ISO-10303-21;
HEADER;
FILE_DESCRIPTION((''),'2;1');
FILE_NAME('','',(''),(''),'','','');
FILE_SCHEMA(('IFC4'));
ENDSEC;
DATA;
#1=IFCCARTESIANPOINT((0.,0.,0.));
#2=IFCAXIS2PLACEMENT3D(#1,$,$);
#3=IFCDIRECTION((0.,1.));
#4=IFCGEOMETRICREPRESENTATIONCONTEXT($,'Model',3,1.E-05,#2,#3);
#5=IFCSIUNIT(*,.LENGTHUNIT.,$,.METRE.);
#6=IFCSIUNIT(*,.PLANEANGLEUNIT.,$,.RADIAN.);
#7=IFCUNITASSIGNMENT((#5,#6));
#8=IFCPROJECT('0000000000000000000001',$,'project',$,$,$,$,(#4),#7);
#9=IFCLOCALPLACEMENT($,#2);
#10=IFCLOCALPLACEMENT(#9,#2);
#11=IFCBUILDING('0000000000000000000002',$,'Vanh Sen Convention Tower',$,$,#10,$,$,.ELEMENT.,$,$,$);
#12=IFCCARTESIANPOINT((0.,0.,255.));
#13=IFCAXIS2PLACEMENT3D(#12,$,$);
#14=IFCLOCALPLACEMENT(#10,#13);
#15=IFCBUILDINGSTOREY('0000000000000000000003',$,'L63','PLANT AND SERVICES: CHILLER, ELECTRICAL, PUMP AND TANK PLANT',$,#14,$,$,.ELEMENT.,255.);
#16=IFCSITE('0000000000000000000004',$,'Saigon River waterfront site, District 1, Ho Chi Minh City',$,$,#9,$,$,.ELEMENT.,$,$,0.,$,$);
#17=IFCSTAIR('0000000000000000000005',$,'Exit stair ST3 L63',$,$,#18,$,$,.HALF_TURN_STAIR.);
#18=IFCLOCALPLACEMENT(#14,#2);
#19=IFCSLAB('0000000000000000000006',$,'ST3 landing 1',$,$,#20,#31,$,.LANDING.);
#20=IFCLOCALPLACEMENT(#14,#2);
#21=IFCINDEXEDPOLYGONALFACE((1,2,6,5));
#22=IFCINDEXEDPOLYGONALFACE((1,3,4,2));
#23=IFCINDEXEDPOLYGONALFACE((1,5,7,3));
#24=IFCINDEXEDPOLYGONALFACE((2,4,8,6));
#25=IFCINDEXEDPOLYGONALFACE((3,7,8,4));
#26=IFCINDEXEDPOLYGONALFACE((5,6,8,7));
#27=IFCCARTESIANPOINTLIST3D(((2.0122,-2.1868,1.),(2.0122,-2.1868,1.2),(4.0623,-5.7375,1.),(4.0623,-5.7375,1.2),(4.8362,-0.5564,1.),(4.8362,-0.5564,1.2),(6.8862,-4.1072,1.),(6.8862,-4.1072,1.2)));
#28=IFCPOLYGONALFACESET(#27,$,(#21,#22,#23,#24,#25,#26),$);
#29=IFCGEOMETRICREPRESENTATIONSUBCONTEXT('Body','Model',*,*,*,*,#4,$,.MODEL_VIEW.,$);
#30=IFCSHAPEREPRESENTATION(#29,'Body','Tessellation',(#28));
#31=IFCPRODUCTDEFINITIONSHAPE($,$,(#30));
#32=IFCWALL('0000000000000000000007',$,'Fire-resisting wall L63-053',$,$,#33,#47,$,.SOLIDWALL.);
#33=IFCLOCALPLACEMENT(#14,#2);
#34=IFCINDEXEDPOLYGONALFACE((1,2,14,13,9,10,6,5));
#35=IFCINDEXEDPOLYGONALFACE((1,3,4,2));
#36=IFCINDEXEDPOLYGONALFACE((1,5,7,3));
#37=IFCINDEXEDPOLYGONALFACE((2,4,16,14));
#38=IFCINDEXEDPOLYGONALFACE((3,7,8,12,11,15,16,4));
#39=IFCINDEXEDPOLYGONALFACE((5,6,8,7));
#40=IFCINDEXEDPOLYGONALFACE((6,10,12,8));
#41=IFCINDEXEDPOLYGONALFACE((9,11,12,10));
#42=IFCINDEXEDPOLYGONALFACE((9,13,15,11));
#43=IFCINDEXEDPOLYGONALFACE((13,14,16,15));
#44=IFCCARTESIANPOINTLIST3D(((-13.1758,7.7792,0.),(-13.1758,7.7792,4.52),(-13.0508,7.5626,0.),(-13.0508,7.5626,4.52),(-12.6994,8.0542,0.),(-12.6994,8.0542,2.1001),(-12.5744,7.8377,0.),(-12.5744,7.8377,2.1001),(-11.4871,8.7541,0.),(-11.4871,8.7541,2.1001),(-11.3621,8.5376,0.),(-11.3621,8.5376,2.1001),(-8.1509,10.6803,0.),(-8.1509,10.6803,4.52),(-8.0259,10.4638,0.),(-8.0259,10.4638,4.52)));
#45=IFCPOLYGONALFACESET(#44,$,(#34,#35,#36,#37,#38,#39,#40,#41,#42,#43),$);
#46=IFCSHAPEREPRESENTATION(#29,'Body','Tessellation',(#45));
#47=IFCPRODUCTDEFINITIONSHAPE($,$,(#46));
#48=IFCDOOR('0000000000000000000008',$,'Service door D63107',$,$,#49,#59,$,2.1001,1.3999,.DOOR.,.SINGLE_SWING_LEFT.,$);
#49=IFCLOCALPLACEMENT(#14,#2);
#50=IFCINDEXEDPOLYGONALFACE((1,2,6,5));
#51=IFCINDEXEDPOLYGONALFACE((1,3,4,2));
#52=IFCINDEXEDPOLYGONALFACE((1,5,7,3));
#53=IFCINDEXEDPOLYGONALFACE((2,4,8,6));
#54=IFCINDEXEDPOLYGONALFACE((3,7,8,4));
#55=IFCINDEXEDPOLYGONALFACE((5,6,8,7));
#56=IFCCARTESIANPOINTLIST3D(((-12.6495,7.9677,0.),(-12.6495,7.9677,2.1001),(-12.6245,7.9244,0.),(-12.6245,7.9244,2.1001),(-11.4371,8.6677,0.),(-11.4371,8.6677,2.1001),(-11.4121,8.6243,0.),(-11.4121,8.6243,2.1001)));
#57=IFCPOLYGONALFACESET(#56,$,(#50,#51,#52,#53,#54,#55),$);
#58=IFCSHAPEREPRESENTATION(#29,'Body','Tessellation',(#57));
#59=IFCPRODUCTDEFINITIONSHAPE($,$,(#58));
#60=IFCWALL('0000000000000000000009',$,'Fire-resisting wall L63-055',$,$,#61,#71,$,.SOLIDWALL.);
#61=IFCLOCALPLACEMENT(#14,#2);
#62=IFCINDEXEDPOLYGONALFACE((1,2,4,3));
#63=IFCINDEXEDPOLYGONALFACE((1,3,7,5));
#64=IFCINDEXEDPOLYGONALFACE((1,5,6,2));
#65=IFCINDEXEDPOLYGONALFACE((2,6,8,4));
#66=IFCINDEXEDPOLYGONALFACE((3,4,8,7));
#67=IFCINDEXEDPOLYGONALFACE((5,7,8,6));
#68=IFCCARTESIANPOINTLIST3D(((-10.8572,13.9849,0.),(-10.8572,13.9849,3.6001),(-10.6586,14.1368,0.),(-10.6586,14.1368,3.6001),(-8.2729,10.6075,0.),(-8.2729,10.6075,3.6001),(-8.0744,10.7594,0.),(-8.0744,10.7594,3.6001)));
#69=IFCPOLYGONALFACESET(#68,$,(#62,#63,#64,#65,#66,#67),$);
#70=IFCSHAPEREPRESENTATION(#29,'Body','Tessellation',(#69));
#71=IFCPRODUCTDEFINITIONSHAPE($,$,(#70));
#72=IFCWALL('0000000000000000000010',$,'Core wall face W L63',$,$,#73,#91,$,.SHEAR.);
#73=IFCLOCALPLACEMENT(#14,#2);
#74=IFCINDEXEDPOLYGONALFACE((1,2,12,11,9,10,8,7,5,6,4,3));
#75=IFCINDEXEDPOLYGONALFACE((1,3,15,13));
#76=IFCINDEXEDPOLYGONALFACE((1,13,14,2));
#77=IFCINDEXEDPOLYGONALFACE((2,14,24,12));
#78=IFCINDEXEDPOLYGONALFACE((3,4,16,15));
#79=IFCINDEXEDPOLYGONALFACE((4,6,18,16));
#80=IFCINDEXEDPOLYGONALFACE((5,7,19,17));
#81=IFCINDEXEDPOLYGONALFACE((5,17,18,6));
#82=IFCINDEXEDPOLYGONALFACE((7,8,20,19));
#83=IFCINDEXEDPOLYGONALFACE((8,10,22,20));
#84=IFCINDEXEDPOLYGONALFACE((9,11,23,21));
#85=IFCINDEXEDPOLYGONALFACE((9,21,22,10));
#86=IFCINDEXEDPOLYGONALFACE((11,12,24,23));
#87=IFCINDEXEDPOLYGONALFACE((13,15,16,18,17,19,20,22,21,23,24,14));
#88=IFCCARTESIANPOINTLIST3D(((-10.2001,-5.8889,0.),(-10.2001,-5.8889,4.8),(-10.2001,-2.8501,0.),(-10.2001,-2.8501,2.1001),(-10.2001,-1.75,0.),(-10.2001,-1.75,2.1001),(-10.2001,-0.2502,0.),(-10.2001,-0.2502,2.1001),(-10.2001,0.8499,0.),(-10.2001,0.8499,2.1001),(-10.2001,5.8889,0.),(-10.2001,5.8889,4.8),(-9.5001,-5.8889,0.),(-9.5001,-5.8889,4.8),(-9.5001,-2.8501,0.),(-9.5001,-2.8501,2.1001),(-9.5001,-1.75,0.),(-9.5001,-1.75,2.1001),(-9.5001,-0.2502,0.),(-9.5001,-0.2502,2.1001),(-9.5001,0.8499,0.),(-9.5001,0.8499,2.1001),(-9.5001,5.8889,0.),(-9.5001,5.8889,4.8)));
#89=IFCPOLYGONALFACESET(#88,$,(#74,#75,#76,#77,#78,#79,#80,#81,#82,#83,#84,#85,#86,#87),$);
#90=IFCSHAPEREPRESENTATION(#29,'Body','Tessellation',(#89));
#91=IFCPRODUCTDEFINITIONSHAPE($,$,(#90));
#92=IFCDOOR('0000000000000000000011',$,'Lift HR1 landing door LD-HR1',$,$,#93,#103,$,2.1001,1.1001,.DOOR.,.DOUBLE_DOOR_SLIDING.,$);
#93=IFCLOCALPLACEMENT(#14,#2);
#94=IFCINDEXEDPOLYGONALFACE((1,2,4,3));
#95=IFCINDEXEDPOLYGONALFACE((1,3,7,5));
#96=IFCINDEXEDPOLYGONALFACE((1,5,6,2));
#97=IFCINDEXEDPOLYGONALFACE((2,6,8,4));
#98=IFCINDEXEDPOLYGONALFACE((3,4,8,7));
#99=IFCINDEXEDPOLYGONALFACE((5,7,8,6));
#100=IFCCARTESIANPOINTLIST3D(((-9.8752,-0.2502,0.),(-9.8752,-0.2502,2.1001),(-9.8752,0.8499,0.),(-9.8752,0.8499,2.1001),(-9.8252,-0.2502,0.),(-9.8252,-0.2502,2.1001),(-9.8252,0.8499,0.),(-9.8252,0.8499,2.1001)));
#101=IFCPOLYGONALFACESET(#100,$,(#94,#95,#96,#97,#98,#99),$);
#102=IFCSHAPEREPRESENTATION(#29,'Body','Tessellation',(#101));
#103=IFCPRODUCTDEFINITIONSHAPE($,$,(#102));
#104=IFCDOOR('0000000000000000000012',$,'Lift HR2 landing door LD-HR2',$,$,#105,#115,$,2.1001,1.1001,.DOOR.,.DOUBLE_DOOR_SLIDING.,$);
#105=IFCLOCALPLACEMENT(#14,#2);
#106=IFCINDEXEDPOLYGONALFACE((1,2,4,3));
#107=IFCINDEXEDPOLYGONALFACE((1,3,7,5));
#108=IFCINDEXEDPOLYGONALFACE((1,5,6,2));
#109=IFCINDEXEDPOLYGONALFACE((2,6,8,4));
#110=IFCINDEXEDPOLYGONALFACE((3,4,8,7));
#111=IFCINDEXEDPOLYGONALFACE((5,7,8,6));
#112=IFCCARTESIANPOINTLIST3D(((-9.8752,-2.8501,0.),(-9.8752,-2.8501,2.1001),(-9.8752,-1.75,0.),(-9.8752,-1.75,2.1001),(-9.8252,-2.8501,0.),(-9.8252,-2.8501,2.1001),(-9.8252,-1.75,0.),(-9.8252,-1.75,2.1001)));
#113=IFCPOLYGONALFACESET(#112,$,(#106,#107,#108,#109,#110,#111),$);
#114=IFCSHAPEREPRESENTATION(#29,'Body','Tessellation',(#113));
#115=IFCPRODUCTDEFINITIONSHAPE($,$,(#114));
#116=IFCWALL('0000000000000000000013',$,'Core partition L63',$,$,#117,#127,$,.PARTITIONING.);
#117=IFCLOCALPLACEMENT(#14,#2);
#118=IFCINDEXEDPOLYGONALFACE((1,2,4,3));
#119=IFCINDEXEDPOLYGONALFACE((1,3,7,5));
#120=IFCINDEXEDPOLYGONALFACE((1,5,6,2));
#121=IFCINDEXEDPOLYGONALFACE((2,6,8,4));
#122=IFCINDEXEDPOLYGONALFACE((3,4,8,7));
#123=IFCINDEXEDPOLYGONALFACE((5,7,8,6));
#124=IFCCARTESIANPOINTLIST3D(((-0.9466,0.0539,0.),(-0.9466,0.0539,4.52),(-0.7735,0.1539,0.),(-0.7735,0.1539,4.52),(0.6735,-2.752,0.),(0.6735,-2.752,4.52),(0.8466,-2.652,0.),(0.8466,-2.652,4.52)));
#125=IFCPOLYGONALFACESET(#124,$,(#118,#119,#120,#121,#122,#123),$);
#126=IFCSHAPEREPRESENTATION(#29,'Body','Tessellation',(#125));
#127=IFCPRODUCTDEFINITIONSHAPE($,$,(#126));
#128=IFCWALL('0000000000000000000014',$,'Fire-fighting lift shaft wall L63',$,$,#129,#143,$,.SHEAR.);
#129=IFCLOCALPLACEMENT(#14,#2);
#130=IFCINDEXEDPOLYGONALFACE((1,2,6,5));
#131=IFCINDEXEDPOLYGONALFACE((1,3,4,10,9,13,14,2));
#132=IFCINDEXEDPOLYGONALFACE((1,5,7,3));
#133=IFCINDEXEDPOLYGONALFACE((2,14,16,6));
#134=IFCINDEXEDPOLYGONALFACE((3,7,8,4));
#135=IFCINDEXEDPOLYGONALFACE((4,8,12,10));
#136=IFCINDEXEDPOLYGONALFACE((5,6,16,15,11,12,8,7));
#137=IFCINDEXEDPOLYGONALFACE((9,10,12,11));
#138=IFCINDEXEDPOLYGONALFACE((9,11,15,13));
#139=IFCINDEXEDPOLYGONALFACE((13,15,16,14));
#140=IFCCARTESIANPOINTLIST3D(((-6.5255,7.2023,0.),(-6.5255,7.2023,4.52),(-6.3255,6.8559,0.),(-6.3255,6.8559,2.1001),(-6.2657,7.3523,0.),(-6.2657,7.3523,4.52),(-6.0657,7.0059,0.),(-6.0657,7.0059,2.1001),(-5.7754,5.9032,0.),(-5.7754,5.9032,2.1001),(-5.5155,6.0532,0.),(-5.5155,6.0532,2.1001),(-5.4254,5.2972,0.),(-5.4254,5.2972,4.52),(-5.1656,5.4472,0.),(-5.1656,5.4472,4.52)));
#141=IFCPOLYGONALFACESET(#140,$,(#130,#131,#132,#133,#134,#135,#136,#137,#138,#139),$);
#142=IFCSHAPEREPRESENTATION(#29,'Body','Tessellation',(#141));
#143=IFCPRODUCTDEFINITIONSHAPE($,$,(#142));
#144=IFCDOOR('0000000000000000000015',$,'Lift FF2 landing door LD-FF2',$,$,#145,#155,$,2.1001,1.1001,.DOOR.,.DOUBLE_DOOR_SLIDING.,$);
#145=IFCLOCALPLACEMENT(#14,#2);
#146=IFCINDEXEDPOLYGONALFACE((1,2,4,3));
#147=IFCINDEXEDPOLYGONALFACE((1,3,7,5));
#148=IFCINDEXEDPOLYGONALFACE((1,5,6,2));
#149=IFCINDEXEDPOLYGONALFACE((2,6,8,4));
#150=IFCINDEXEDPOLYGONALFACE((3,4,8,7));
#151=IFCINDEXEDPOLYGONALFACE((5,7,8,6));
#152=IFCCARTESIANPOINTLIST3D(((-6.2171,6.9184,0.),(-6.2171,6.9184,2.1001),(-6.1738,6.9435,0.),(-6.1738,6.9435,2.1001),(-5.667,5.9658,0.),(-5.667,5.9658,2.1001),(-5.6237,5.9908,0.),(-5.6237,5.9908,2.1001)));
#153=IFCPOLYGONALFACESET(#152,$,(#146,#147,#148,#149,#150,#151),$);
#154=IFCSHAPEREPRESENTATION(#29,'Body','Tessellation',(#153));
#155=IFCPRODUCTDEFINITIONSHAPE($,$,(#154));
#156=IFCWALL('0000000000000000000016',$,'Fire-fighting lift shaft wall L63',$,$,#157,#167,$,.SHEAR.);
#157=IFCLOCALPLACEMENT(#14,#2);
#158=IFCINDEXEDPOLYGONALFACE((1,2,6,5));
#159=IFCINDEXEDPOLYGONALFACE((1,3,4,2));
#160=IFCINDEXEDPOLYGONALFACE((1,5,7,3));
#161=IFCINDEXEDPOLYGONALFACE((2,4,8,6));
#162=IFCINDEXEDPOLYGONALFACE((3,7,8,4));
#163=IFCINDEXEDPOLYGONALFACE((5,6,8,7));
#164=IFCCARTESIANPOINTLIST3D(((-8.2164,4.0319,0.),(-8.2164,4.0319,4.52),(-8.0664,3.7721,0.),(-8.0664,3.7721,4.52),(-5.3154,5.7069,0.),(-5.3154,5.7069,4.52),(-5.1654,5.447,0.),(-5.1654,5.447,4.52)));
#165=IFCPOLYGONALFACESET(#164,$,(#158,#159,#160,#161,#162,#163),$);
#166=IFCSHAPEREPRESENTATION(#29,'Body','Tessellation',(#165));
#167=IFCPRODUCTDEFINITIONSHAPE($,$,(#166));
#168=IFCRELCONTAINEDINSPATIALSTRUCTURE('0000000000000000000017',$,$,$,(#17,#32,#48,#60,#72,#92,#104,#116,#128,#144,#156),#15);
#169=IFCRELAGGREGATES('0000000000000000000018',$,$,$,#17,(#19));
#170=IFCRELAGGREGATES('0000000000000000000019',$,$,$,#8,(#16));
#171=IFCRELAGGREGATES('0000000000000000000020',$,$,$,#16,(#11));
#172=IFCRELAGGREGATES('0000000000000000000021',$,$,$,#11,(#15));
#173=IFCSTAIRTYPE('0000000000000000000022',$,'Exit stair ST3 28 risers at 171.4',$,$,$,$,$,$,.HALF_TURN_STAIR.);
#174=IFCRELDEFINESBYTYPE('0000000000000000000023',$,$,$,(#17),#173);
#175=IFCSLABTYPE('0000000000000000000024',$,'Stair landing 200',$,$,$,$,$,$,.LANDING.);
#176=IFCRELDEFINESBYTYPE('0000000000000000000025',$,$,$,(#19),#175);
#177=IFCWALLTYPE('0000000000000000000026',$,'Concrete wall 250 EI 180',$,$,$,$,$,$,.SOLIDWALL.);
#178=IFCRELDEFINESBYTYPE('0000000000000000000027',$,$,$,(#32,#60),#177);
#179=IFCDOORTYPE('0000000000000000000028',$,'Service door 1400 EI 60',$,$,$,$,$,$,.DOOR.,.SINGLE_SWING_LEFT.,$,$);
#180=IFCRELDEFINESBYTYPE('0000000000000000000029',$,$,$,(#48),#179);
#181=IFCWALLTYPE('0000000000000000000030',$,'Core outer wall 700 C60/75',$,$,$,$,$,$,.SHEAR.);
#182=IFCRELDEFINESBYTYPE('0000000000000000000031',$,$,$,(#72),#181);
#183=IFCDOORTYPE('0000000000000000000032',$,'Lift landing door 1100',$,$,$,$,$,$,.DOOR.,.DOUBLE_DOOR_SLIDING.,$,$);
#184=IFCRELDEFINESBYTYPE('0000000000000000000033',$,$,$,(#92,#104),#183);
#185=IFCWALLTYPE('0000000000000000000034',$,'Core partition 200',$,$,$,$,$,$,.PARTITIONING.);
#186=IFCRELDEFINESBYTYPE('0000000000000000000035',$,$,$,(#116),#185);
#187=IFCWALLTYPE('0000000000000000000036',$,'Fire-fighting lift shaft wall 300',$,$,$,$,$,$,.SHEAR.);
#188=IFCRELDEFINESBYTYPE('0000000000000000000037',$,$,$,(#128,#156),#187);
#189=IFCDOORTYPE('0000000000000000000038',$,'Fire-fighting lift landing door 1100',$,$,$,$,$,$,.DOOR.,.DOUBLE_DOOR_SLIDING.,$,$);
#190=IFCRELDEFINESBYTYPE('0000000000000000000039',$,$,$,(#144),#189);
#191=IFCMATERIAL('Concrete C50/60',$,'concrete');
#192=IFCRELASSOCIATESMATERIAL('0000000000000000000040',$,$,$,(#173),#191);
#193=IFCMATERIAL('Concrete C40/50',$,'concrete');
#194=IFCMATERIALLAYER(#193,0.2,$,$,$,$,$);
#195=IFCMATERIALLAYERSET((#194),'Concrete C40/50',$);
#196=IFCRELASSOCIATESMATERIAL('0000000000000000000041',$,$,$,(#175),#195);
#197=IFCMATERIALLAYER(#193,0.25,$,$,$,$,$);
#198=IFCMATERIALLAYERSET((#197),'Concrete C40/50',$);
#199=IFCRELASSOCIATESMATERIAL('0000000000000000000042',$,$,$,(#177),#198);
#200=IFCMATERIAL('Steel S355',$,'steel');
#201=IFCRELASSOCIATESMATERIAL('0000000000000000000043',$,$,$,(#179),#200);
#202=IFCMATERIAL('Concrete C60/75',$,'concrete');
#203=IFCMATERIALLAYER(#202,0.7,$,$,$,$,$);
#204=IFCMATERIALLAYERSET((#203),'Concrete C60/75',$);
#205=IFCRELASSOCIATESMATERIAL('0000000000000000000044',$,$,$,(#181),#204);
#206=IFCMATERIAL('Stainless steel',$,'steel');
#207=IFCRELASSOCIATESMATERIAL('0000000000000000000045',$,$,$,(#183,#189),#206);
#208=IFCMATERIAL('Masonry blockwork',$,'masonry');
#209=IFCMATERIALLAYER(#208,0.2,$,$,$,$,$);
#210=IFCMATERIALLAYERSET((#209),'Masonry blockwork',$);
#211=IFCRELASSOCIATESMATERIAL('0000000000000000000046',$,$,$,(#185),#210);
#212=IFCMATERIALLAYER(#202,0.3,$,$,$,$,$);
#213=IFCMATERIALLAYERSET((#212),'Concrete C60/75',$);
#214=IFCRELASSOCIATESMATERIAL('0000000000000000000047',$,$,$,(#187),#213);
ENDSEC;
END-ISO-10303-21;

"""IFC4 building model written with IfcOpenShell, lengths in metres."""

from ifc_helpers import new_model, si_unit, direction, frame, frame_2d, origin, place, context, subcontext, project, spatial, polyline, rectangle, outline, extrude, material, layer, layer_set, type_object, element, fill, aggregate, save


model = new_model("IFC4")

# Units and contexts
model_context = context("Model", 3, precision=1e-05, world=origin(), true_north=direction((0.0, 1.0)))
body_context = subcontext(model_context, "Body", "Model", "MODEL_VIEW")
ifc_project = project(units=[si_unit("LENGTHUNIT", "METRE"), si_unit("PLANEANGLEUNIT", "RADIAN")], contexts=[model_context])

# Site, building, storey
site_placement = place(None, origin())
site = spatial("IfcSite", under=ifc_project, at=site_placement, Name="Saigon River waterfront site, District 1, Ho Chi Minh City", CompositionType="ELEMENT", RefElevation=0.0)
building_placement = place(site_placement, origin())
building = spatial("IfcBuilding", under=site, at=building_placement, Name="Vanh Sen Convention Tower", CompositionType="ELEMENT")
storey_placement = place(building_placement, frame((0.0, 0.0, 255.0)))
storey = spatial("IfcBuildingStorey", under=building, at=storey_placement, Name="L63", Description="PLANT AND SERVICES: CHILLER, ELECTRICAL, PUMP AND TANK PLANT", CompositionType="ELEMENT", Elevation=255.0)

# Stair, slab
ifc_material_1 = material(Name="Concrete C50/60", Category="concrete")
stair_type = type_object("IfcStairType", Name="Exit stair ST3 28 risers at 171.4", PredefinedType="HALF_TURN_STAIR", material=ifc_material_1)
stair_placement = place(storey_placement, origin())
stair = element("IfcStair", 1, at=stair_placement, inside=storey, type_object=stair_type, Name="Exit stair ST3 L63", PredefinedType="HALF_TURN_STAIR")
ifc_material_2 = material(Name="Concrete C40/50", Category="concrete")
ifc_layer_1 = layer(ifc_material_2, 0.2)
ifc_layer_set_1 = layer_set([ifc_layer_1], Name="Concrete C40/50")
slab_type = type_object("IfcSlabType", Name="Stair landing 200", PredefinedType="LANDING", material=ifc_layer_set_1)
slab_placement = place(storey_placement, frame((0.0, 0.0, 1.0)))
slab = element("IfcSlab", 2, at=slab_placement, type_object=slab_type, Name="ST3 landing 1", PredefinedType="LANDING", context=body_context, shape_type="SweptSolid", body=[
    extrude(outline(polyline([(4.0623, -5.7375), (6.8862, -4.1072), (4.8362, -0.5564), (2.0122, -2.1868), (4.0623, -5.7375)])), origin(), (0.0, 0.0, 1.0), 0.2),
])
aggregate(stair, [slab])

# Wall, opening, door
ifc_layer_2 = layer(ifc_material_2, 0.25)
ifc_layer_set_2 = layer_set([ifc_layer_2], Name="Concrete C40/50")
wall_type_1 = type_object("IfcWallType", Name="Concrete wall 250 EI 180", PredefinedType="SOLIDWALL", material=ifc_layer_set_2)
wall_1_placement = place(storey_placement, frame((-8.0884, 10.572, 0.0), z_axis=(0.0, 0.0, 1.0), x_axis=(-0.866026, -0.499999, 0.0)))
wall_1 = element("IfcWall", 3, at=wall_1_placement, inside=storey, type_object=wall_type_1, Name="Fire-resisting wall L63-053", PredefinedType="SOLIDWALL", context=body_context, shape_type="SweptSolid", body=[
    extrude(rectangle(XDim=5.8022, YDim=0.25, at=frame_2d((2.9011, 0.0))), origin(), (0.0, 0.0, 1.0), 4.52),
])
opening_1_placement = place(wall_1_placement, frame((3.8523, 0.0, 0.0)))
opening_1 = element("IfcOpeningElement", 4, at=opening_1_placement, cuts=wall_1, PredefinedType="OPENING", context=body_context, shape_type="SweptSolid", body=[
    extrude(rectangle(XDim=1.3999, YDim=2.1001, at=frame_2d((0.7, 1.05))), frame((0.0, 0.135, 0.0), z_axis=(0.0, -1.0, 0.0), x_axis=(1.0, 0.0, 0.0)), (0.0, 0.0, 1.0), 0.27),
])
ifc_material_3 = material(Name="Steel S355", Category="steel")
door_type_1 = type_object("IfcDoorType", Name="Service door 1400 EI 60", OperationType="SINGLE_SWING_LEFT", PredefinedType="DOOR", material=ifc_material_3)
door_1_placement = place(opening_1_placement, origin())
door_1 = element("IfcDoor", 5, at=door_1_placement, inside=storey, type_object=door_type_1, Name="Service door D63107", OperationType="SINGLE_SWING_LEFT", OverallHeight=2.1001, OverallWidth=1.3999, PredefinedType="DOOR", context=body_context, shape_type="SweptSolid", body=[
    extrude(rectangle(XDim=1.3999, YDim=2.1001, at=frame_2d((0.7, 1.05))), frame((0.0, 0.0249, 0.0), z_axis=(0.0, -1.0, 0.0), x_axis=(1.0, 0.0, 0.0)), (0.0, 0.0, 1.0), 0.05),
])
fill(opening_1, door_1)

# Wall
wall_2_placement = place(storey_placement, frame((-8.1736, 10.6833, 0.0), z_axis=(0.0, 0.0, 1.0), x_axis=(-0.60767, 0.79419, 0.0)))
element("IfcWall", 6, at=wall_2_placement, inside=storey, type_object=wall_type_1, Name="Fire-resisting wall L63-055", PredefinedType="SOLIDWALL", context=body_context, shape_type="SweptSolid", body=[
    extrude(rectangle(XDim=4.2527, YDim=0.25, at=frame_2d((2.1265, 0.0))), origin(), (0.0, 0.0, 1.0), 3.6001),
])

# Wall, openings, doors
ifc_material_4 = material(Name="Concrete C60/75", Category="concrete")
ifc_layer_3 = layer(ifc_material_4, 0.7)
ifc_layer_set_3 = layer_set([ifc_layer_3], Name="Concrete C60/75")
wall_type_2 = type_object("IfcWallType", Name="Core outer wall 700 C60/75", PredefinedType="SHEAR", material=ifc_layer_set_3)
wall_3_placement = place(storey_placement, frame((-9.8501, 5.8889, 0.0), z_axis=(0.0, 0.0, 1.0), x_axis=(0.0, -1.0, 0.0)))
wall_3 = element("IfcWall", 7, at=wall_3_placement, inside=storey, type_object=wall_type_2, Name="Core wall face W L63", PredefinedType="SHEAR", context=body_context, shape_type="SweptSolid", body=[
    extrude(rectangle(XDim=11.7778, YDim=0.7, at=frame_2d((5.8889, 0.0))), origin(), (0.0, 0.0, 1.0), 4.8),
])
opening_2_placement = place(wall_3_placement, frame((5.0391, 0.0, 0.0)))
opening_2 = element("IfcOpeningElement", 8, at=opening_2_placement, cuts=wall_3, PredefinedType="OPENING", context=body_context, shape_type="SweptSolid", body=[
    extrude(rectangle(XDim=1.1001, YDim=2.1001, at=frame_2d((0.55, 1.05))), frame((0.0, 0.3599, 0.0), z_axis=(0.0, -1.0, 0.0), x_axis=(1.0, 0.0, 0.0)), (0.0, 0.0, 1.0), 0.72),
])
opening_3_placement = place(wall_3_placement, frame((7.6389, 0.0, 0.0)))
opening_3 = element("IfcOpeningElement", 9, at=opening_3_placement, cuts=wall_3, PredefinedType="OPENING", context=body_context, shape_type="SweptSolid", body=[
    extrude(rectangle(XDim=1.1001, YDim=2.1001, at=frame_2d((0.55, 1.05))), frame((0.0, 0.3599, 0.0), z_axis=(0.0, -1.0, 0.0), x_axis=(1.0, 0.0, 0.0)), (0.0, 0.0, 1.0), 0.72),
])
ifc_material_5 = material(Name="Stainless steel", Category="steel")
door_type_2 = type_object("IfcDoorType", Name="Lift landing door 1100", OperationType="DOUBLE_DOOR_SLIDING", PredefinedType="DOOR", material=ifc_material_5)
door_2_placement = place(opening_2_placement, origin())
door_2 = element("IfcDoor", 10, at=door_2_placement, inside=storey, type_object=door_type_2, Name="Lift HR1 landing door LD-HR1", OperationType="DOUBLE_DOOR_SLIDING", OverallHeight=2.1001, OverallWidth=1.1001, PredefinedType="DOOR", context=body_context, shape_type="SweptSolid", body=[
    extrude(rectangle(XDim=1.1001, YDim=2.1001, at=frame_2d((0.55, 1.05))), frame((0.0, 0.0249, 0.0), z_axis=(0.0, -1.0, 0.0), x_axis=(1.0, 0.0, 0.0)), (0.0, 0.0, 1.0), 0.05),
])
fill(opening_2, door_2)
door_3_placement = place(opening_3_placement, origin())
door_3 = element("IfcDoor", 11, at=door_3_placement, inside=storey, type_object=door_type_2, Name="Lift HR2 landing door LD-HR2", OperationType="DOUBLE_DOOR_SLIDING", OverallHeight=2.1001, OverallWidth=1.1001, PredefinedType="DOOR", context=body_context, shape_type="SweptSolid", body=[
    extrude(rectangle(XDim=1.1001, YDim=2.1001, at=frame_2d((0.55, 1.05))), frame((0.0, 0.0249, 0.0), z_axis=(0.0, -1.0, 0.0), x_axis=(1.0, 0.0, 0.0)), (0.0, 0.0, 1.0), 0.05),
])
fill(opening_3, door_3)

# Wall
ifc_material_6 = material(Name="Masonry blockwork", Category="masonry")
ifc_layer_4 = layer(ifc_material_6, 0.2)
ifc_layer_set_4 = layer_set([ifc_layer_4], Name="Masonry blockwork")
wall_type_3 = type_object("IfcWallType", Name="Core partition 200", PredefinedType="PARTITIONING", material=ifc_layer_set_4)
wall_4_placement = place(storey_placement, frame((-0.8601, 0.104, 0.0), z_axis=(0.0, 0.0, 1.0), x_axis=(0.500029, -0.866009, 0.0)))
element("IfcWall", 12, at=wall_4_placement, inside=storey, type_object=wall_type_3, Name="Core partition L63", PredefinedType="PARTITIONING", context=body_context, shape_type="SweptSolid", body=[
    extrude(rectangle(XDim=3.24, YDim=0.2, at=frame_2d((1.6201, 0.0))), origin(), (0.0, 0.0, 1.0), 4.52),
])

# Wall, opening, door
ifc_layer_5 = layer(ifc_material_4, 0.3)
ifc_layer_set_5 = layer_set([ifc_layer_5], Name="Concrete C60/75")
wall_type_4 = type_object("IfcWallType", Name="Fire-fighting lift shaft wall 300", PredefinedType="SHEAR", material=ifc_layer_set_5)
wall_5_placement = place(storey_placement, frame((-5.2954, 5.3721, 0.0), z_axis=(0.0, 0.0, 1.0), x_axis=(-0.500078, 0.86598, 0.0)))
wall_5 = element("IfcWall", 13, at=wall_5_placement, inside=storey, type_object=wall_type_4, Name="Fire-fighting lift shaft wall L63", PredefinedType="SHEAR", context=body_context, shape_type="SweptSolid", body=[
    extrude(rectangle(XDim=2.2, YDim=0.3, at=frame_2d((1.1001, 0.0))), origin(), (0.0, 0.0, 1.0), 4.52),
])
opening_4_placement = place(wall_5_placement, frame((0.7, 0.0, 0.0)))
opening_4 = element("IfcOpeningElement", 14, at=opening_4_placement, cuts=wall_5, PredefinedType="OPENING", context=body_context, shape_type="SweptSolid", body=[
    extrude(rectangle(XDim=1.1001, YDim=2.1001, at=frame_2d((0.55, 1.05))), frame((0.0, 0.1599, 0.0), z_axis=(0.0, -1.0, 0.0), x_axis=(1.0, 0.0, 0.0)), (0.0, 0.0, 1.0), 0.3201),
])
door_type_3 = type_object("IfcDoorType", Name="Fire-fighting lift landing door 1100", OperationType="DOUBLE_DOOR_SLIDING", PredefinedType="DOOR", material=ifc_material_5)
door_4_placement = place(opening_4_placement, origin())
door_4 = element("IfcDoor", 15, at=door_4_placement, inside=storey, type_object=door_type_3, Name="Lift FF2 landing door LD-FF2", OperationType="DOUBLE_DOOR_SLIDING", OverallHeight=2.1001, OverallWidth=1.1001, PredefinedType="DOOR", context=body_context, shape_type="SweptSolid", body=[
    extrude(rectangle(XDim=1.1001, YDim=2.1001, at=frame_2d((0.55, 1.05))), frame((0.0, 0.0249, 0.0), z_axis=(0.0, -1.0, 0.0), x_axis=(1.0, 0.0, 0.0)), (0.0, 0.0, 1.0), 0.05),
])
fill(opening_4, door_4)

# Wall
wall_6_placement = place(storey_placement, frame((-5.2405, 5.5769, 0.0), z_axis=(0.0, 0.0, 1.0), x_axis=(-0.866014, -0.500019, 0.0)))
element("IfcWall", 16, at=wall_6_placement, inside=storey, type_object=wall_type_4, Name="Fire-fighting lift shaft wall L63", PredefinedType="SHEAR", context=body_context, shape_type="SweptSolid", body=[
    extrude(rectangle(XDim=3.3499, YDim=0.3, at=frame_2d((1.6748, 0.0))), origin(), (0.0, 0.0, 1.0), 4.52),
])

save(model, "model.ifc")
